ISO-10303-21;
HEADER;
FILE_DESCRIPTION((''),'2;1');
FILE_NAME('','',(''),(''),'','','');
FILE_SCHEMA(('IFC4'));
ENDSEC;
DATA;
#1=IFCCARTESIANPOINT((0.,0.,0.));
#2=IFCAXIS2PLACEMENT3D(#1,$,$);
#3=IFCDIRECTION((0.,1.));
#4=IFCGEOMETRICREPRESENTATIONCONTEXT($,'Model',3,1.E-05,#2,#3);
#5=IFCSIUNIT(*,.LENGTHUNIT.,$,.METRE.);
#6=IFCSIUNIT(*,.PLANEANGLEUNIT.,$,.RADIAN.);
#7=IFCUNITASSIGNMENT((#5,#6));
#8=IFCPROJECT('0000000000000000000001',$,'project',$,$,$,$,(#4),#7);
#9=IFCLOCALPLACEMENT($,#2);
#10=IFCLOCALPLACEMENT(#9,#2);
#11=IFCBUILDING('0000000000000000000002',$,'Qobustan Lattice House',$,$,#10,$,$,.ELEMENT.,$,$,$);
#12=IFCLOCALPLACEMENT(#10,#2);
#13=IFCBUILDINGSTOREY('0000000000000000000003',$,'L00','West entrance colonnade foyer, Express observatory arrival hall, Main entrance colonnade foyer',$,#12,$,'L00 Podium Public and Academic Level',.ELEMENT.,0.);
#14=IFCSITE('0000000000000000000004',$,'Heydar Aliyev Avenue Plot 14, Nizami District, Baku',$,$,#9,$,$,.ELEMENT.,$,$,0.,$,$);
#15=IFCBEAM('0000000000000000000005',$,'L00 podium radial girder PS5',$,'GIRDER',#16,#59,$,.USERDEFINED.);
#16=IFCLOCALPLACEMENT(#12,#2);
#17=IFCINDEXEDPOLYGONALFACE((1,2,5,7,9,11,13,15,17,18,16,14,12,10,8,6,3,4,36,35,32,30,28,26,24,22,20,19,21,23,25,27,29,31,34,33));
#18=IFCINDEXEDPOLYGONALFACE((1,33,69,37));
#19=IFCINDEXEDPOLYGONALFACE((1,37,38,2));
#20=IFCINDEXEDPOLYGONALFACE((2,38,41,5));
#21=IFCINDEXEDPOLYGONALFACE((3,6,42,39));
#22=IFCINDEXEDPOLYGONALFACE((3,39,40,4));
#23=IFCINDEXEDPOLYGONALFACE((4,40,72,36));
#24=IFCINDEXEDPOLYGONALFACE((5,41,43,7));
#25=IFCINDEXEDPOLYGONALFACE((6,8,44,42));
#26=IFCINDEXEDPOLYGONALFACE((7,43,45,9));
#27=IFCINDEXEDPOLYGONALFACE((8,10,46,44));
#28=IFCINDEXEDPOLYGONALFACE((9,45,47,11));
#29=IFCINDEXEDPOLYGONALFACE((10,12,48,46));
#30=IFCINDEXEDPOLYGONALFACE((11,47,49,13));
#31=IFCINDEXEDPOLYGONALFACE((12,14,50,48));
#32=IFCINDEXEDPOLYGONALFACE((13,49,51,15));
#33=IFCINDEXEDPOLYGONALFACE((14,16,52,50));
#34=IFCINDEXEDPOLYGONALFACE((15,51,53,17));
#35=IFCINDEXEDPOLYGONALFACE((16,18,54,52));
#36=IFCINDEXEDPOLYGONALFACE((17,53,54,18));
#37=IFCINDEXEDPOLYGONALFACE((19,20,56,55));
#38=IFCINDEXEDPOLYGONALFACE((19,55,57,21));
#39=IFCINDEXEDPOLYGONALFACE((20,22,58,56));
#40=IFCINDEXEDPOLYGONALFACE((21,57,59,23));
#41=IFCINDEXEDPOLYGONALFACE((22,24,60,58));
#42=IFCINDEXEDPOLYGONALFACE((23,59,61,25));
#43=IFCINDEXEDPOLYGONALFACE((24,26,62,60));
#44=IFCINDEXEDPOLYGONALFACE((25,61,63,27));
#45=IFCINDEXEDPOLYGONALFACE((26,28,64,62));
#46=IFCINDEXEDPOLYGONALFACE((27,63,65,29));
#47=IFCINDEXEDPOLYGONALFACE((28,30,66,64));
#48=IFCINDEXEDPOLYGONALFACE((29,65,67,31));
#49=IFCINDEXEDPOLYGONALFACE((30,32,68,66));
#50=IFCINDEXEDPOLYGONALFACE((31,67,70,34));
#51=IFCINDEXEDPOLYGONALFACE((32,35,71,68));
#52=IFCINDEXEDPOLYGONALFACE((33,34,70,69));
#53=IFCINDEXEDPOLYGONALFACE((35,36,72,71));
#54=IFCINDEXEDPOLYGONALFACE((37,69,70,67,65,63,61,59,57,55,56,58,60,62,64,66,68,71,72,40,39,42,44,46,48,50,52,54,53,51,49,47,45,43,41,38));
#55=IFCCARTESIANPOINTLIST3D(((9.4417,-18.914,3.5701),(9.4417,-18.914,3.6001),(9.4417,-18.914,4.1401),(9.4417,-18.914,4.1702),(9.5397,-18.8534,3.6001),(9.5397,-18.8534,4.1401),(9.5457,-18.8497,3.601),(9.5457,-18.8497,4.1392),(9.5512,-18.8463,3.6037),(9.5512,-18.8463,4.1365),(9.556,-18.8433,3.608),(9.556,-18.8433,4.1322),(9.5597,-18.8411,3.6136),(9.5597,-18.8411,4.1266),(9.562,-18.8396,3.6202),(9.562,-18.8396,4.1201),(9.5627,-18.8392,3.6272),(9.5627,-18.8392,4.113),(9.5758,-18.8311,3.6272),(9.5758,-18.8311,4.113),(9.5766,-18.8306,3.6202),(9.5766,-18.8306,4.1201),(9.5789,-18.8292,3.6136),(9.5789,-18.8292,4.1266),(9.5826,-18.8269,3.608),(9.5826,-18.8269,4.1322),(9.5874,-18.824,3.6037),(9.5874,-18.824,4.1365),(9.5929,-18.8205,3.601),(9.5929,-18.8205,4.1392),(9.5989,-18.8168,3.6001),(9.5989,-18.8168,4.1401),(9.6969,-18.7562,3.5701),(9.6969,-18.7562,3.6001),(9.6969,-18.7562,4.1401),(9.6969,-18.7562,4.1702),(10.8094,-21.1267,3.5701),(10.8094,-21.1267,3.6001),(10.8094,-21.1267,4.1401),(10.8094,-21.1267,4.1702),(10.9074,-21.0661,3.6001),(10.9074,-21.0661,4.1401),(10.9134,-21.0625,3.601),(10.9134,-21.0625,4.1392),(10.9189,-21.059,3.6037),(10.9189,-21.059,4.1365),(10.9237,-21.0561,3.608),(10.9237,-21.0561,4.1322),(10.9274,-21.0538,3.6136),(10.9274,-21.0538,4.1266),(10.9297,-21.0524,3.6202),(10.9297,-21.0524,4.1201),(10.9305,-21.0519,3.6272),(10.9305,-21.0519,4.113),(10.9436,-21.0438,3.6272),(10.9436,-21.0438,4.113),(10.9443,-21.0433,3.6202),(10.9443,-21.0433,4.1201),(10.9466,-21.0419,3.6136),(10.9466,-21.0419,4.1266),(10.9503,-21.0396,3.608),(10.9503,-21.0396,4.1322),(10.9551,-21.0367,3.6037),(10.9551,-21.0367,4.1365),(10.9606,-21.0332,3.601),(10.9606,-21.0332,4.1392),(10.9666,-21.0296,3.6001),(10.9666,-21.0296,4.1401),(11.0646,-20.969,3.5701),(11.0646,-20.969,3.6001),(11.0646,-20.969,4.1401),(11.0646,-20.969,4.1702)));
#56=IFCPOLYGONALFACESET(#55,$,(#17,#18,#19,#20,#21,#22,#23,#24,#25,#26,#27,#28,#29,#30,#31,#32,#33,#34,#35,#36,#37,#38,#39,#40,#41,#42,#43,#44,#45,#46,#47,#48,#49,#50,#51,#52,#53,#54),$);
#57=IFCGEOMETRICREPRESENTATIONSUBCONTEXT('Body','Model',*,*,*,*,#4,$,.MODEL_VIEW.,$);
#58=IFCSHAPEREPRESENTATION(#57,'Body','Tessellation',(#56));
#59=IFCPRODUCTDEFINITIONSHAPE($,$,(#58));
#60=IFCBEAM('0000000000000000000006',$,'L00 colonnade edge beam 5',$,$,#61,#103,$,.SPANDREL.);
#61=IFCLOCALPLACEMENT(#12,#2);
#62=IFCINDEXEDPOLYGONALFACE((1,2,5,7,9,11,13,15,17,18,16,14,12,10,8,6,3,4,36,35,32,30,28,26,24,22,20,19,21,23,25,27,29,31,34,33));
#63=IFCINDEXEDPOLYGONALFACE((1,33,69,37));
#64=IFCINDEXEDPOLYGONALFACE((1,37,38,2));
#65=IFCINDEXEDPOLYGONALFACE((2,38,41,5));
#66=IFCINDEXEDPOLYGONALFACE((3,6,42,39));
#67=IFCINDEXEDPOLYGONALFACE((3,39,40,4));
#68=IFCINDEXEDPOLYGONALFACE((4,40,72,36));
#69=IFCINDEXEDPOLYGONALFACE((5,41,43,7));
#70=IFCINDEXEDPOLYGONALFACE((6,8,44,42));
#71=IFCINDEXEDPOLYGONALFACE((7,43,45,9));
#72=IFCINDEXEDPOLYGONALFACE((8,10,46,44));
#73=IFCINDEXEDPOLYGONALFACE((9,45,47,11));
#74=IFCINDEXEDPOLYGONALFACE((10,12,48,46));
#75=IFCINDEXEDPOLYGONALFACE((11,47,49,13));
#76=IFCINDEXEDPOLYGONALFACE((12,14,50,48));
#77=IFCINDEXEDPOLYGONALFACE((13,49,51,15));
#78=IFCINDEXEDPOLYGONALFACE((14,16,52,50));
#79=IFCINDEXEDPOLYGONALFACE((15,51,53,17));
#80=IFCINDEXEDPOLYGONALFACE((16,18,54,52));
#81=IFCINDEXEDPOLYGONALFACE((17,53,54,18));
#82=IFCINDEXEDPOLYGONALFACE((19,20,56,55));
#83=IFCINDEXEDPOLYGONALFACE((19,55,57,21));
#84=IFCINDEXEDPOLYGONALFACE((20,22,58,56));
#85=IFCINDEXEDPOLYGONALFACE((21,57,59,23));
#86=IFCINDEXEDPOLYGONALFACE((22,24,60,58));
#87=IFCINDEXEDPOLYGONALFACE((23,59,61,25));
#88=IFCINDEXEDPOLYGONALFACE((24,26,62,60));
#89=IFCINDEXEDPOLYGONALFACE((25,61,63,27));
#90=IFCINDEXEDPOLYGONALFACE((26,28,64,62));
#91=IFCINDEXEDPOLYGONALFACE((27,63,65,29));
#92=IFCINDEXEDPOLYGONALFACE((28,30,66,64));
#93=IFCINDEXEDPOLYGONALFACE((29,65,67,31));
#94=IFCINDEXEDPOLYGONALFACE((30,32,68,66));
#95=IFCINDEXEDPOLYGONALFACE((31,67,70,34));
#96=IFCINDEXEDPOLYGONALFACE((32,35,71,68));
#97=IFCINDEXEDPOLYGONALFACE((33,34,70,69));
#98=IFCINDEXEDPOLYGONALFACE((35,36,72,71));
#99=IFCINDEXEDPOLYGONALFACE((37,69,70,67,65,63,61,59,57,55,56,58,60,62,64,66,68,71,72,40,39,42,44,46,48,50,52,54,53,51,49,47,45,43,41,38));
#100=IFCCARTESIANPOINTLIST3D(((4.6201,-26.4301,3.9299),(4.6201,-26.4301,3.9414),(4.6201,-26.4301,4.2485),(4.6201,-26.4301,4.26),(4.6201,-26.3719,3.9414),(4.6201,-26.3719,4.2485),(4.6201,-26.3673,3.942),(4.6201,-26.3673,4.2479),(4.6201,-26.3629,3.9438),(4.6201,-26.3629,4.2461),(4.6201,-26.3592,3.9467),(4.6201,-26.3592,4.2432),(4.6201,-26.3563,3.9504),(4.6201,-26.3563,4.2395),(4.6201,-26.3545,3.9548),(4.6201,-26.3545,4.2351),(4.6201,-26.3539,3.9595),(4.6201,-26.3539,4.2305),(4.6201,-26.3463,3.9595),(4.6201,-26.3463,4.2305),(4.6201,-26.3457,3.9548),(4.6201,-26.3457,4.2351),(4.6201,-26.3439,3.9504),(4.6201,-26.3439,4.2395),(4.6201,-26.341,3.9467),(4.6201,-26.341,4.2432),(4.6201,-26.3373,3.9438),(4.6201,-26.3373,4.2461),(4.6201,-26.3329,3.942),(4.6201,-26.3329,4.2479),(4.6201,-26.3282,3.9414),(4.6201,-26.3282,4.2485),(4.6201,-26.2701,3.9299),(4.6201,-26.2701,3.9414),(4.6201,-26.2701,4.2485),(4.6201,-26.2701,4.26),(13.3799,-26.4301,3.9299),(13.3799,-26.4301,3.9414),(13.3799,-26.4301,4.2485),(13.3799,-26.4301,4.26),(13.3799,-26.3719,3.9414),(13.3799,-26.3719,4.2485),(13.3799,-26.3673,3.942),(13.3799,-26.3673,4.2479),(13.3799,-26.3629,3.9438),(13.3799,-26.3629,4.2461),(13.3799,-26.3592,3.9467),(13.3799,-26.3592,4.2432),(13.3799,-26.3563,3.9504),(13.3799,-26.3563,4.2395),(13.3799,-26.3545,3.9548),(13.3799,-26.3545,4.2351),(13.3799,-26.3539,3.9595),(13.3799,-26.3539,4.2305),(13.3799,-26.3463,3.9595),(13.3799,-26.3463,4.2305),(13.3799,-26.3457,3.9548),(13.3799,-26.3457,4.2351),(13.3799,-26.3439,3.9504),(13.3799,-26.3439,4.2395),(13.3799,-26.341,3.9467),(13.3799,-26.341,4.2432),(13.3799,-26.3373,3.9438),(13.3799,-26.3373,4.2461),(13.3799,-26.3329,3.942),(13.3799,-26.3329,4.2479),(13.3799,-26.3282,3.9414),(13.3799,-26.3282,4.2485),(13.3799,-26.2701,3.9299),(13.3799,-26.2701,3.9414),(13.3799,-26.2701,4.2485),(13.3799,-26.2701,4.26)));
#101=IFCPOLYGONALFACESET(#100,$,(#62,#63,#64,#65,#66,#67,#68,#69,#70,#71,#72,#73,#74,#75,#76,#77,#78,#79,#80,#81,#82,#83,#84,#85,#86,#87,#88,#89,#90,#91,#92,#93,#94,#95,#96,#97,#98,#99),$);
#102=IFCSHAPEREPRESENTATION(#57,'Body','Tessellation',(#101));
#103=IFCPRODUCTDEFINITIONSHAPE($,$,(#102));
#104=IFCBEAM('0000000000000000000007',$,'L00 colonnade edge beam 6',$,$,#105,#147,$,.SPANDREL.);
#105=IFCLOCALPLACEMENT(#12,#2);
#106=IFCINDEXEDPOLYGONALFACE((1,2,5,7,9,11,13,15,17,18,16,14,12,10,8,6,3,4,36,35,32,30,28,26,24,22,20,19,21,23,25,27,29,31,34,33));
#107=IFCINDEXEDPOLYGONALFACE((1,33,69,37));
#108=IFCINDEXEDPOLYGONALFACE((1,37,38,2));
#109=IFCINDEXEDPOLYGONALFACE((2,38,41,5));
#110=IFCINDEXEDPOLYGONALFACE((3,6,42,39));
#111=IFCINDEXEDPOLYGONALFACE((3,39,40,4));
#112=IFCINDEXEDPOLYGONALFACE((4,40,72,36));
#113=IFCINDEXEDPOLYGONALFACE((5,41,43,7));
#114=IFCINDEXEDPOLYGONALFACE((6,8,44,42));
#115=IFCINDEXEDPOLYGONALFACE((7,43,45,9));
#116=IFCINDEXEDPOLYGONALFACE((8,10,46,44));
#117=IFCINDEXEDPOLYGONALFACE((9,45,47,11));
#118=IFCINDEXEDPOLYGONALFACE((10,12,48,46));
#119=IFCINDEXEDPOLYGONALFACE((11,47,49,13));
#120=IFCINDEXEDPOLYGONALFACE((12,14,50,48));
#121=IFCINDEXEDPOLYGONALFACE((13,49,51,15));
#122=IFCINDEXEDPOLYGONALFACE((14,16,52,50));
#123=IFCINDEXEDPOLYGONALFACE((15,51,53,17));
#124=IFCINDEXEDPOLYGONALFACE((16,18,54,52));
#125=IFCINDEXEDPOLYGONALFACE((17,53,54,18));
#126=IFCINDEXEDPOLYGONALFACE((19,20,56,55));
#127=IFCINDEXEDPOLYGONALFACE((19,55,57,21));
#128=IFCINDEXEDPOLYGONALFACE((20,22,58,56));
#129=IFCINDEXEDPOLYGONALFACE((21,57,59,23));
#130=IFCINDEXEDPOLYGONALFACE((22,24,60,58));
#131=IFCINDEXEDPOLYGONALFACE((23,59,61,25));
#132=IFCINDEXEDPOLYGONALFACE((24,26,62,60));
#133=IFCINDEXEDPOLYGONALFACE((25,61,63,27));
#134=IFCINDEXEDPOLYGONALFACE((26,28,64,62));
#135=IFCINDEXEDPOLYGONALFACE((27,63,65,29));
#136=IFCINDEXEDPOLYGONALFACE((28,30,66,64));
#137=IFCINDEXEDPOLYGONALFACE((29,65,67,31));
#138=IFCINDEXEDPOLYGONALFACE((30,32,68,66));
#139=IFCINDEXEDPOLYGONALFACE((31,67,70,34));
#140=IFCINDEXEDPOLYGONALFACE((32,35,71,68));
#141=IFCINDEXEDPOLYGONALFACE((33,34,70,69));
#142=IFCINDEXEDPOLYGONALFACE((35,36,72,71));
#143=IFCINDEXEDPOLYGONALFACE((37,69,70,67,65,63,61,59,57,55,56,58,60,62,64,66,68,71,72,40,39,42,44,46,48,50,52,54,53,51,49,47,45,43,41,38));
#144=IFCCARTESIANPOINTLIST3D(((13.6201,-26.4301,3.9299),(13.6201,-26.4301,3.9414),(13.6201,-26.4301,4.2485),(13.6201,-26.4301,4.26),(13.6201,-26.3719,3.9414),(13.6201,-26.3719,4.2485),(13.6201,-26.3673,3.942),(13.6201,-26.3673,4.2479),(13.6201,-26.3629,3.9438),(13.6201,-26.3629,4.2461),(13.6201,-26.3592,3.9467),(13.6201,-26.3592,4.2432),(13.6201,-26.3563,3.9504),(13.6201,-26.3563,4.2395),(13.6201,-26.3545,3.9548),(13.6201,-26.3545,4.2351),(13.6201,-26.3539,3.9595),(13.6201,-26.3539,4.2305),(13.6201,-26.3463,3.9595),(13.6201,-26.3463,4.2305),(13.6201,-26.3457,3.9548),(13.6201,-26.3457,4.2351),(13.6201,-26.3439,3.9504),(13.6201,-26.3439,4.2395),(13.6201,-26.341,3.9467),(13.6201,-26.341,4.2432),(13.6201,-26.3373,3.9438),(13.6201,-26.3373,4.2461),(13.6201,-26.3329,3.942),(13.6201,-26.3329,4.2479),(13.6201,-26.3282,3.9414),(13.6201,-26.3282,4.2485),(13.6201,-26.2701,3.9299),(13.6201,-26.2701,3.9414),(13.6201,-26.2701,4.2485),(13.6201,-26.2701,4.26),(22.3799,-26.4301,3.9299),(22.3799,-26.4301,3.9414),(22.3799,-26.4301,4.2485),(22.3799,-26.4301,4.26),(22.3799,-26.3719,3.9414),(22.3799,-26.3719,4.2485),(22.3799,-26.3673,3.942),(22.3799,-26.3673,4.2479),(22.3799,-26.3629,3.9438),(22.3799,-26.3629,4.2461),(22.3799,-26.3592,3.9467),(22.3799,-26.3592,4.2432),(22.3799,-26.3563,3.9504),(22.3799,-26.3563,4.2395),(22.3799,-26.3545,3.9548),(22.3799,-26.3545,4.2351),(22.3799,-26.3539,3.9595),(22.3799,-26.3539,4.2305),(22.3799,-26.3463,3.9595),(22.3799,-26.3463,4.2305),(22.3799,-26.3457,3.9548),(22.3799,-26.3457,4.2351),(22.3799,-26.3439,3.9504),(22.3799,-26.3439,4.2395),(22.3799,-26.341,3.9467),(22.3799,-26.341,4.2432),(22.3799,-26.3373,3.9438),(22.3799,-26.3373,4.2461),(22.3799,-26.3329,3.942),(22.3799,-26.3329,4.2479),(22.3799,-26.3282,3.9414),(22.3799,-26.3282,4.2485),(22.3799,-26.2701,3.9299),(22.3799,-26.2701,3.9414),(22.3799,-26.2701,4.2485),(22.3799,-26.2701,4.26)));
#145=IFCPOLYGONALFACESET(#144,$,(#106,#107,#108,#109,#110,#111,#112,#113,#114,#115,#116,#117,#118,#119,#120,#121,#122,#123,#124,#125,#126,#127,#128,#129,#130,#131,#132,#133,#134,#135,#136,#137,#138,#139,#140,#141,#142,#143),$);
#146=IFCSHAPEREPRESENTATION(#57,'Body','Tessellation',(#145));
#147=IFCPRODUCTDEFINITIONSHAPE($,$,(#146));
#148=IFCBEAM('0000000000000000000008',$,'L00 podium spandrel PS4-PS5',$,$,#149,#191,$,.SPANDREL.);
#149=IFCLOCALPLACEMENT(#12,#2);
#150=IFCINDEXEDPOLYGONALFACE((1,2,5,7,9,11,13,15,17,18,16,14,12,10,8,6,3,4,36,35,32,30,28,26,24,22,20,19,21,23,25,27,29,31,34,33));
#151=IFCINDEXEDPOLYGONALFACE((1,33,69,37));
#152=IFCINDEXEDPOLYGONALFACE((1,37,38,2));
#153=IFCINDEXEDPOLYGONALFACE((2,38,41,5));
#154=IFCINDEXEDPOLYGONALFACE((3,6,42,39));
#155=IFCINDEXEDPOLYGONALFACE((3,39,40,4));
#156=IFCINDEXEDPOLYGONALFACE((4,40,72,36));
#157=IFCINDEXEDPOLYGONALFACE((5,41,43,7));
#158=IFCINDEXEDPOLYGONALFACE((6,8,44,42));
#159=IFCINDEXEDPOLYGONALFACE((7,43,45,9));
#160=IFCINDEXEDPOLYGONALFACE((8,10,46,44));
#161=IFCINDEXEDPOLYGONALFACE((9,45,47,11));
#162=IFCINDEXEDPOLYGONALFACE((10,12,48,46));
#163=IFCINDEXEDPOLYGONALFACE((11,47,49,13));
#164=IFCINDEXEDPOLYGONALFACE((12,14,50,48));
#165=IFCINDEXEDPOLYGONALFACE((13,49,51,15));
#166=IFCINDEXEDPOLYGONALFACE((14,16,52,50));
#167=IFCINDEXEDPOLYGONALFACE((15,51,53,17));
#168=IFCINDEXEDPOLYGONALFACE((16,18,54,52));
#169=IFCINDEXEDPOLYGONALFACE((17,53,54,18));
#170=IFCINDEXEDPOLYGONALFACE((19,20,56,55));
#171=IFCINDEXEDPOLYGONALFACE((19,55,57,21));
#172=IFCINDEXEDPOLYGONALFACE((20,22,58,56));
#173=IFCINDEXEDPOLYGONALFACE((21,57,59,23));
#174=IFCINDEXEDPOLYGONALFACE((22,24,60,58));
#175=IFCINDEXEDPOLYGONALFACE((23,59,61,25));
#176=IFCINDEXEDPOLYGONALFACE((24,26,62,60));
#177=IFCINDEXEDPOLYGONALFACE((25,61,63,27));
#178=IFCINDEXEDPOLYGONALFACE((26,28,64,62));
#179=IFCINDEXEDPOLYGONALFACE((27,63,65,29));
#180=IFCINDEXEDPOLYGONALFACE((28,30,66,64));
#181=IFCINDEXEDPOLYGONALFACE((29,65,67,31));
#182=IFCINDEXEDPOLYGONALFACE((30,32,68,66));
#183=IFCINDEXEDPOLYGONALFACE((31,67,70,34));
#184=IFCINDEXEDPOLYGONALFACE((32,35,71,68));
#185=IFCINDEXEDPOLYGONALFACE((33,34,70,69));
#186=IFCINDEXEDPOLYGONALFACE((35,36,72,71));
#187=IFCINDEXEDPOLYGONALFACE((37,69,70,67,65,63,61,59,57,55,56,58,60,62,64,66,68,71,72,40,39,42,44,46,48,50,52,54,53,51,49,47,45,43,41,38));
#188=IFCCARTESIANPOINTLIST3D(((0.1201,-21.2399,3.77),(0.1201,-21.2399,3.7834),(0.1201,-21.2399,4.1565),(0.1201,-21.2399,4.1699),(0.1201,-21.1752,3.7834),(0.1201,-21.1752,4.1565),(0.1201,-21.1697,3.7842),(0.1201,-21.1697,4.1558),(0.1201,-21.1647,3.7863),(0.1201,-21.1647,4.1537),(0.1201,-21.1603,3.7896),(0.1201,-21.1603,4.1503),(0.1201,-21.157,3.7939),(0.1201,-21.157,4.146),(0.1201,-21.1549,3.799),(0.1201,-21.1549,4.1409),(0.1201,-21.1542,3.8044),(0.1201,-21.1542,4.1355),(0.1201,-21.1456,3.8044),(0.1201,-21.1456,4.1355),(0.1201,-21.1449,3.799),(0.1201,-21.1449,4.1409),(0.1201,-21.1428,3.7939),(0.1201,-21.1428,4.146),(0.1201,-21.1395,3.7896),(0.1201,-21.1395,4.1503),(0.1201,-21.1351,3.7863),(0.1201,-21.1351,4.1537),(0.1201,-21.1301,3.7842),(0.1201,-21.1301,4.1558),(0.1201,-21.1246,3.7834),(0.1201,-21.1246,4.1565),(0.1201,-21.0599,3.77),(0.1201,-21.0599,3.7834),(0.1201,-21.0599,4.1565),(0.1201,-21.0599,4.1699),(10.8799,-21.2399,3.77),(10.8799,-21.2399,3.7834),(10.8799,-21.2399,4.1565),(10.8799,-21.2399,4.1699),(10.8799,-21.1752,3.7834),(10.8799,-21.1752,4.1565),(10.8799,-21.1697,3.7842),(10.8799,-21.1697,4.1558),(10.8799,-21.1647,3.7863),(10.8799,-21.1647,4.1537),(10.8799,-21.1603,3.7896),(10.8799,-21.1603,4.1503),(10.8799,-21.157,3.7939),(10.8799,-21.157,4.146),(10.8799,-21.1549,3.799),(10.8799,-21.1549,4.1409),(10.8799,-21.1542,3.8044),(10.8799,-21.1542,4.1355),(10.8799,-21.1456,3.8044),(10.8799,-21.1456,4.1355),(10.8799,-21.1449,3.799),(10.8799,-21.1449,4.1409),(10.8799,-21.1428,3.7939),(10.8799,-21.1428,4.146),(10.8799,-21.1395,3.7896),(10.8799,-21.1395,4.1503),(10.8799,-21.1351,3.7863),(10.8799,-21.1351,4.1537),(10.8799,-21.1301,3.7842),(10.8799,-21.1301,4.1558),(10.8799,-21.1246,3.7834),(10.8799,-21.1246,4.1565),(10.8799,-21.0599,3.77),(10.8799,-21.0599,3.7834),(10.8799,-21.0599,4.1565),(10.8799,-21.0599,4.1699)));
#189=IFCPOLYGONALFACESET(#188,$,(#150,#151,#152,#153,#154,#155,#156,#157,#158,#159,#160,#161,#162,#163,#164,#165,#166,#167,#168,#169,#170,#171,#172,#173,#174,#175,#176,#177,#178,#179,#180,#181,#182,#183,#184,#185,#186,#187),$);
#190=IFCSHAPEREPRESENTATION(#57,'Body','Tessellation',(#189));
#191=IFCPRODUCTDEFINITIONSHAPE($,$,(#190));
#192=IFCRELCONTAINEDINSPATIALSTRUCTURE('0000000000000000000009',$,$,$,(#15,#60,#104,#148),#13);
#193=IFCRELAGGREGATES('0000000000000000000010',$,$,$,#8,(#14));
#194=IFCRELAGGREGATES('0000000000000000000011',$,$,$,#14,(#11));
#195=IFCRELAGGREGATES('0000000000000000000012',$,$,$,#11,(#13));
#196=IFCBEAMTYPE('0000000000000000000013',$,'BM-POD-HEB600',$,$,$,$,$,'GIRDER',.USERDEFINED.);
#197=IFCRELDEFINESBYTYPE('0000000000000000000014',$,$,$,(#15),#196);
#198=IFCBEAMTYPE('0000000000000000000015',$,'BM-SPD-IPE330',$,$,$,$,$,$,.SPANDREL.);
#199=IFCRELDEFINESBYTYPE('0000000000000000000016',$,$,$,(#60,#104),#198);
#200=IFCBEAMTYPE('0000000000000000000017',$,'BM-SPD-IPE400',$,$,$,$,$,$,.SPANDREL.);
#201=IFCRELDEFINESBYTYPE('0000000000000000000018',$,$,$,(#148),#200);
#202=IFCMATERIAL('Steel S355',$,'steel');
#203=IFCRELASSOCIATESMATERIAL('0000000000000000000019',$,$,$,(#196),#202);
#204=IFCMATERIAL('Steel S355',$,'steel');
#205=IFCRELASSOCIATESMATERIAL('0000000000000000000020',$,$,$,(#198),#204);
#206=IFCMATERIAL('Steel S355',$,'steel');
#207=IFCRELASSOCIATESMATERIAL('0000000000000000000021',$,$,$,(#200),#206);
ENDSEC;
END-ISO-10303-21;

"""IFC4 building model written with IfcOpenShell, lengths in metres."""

from ifc_helpers import new_model, si_unit, direction, frame, origin, origin_2d, place, context, subcontext, project, spatial, i_section, extrude, material, material_profile, profile_set, type_object, element, save


model = new_model("IFC4")

# Units and contexts
model_context = context("Model", 3, precision=1e-05, world=origin(), true_north=direction((0.0, 1.0)))
body_context = subcontext(model_context, "Body", "Model", "MODEL_VIEW")
ifc_project = project(units=[si_unit("LENGTHUNIT", "METRE"), si_unit("PLANEANGLEUNIT", "RADIAN")], contexts=[model_context])

# Site, building, storey
site_placement = place(None, origin())
site = spatial("IfcSite", under=ifc_project, at=site_placement, Name="Heydar Aliyev Avenue Plot 14, Nizami District, Baku", CompositionType="ELEMENT", RefElevation=0.0)
building_placement = place(site_placement, origin())
building = spatial("IfcBuilding", under=site, at=building_placement, Name="Qobustan Lattice House", CompositionType="ELEMENT")
storey_placement = place(building_placement, origin())
storey = spatial("IfcBuildingStorey", under=building, at=storey_placement, Name="L00", Description="West entrance colonnade foyer, Express observatory arrival hall, Main entrance colonnade foyer", LongName="L00 Podium Public and Academic Level", CompositionType="ELEMENT", Elevation=0.0)

# Beams
ifc_material_1 = material(Name="Steel S355", Category="steel")
ifc_material_profile_1 = material_profile(ifc_material_1, i_section(OverallWidth=0.3, OverallDepth=0.6001, WebThickness=0.0154, FlangeThickness=0.03, FilletRadius=0.0271, at=origin_2d()), Name="HEB600")
ifc_profile_set_1 = profile_set([ifc_material_profile_1], Name="Steel S355")
beam_type_1 = type_object("IfcBeamType", Name="BM-POD-HEB600", ElementType="GIRDER", PredefinedType="USERDEFINED", material=ifc_profile_set_1)
beam_1_placement = place(storey_placement, frame((10.937, -21.0479, 3.8701), z_axis=(-0.525783, 0.850619, 0.0), x_axis=(-0.850619, -0.525783, 0.0)))
element("IfcBeam", 1, at=beam_1_placement, inside=storey, type_object=beam_type_1, Name="L00 podium radial girder PS5", ObjectType="GIRDER", PredefinedType="USERDEFINED", context=body_context, shape_type="SweptSolid", body=[
    extrude(i_section(OverallWidth=0.3, OverallDepth=0.6001, WebThickness=0.0154, FlangeThickness=0.03, FilletRadius=0.0271, at=origin_2d()), origin(), (0.0, 0.0, 1.0), 2.6013),
])
ifc_material_2 = material(Name="Steel S355", Category="steel")
ifc_material_profile_2 = material_profile(ifc_material_2, i_section(OverallWidth=0.1599, OverallDepth=0.3301, WebThickness=0.0076, FlangeThickness=0.0115, FilletRadius=0.0181, at=origin_2d()), Name="IPE330")
ifc_profile_set_2 = profile_set([ifc_material_profile_2], Name="Steel S355")
beam_type_2 = type_object("IfcBeamType", Name="BM-SPD-IPE330", PredefinedType="SPANDREL", material=ifc_profile_set_2)
for number, where, z_axis, x_axis, name in (
    (2, (4.6201, -26.3501, 4.095), (1.0, 0.0, 0.0), (0.0, 1.0, 0.0), "L00 colonnade edge beam 5"),
    (3, (13.6201, -26.3501, 4.095), (1.0, 0.0, 0.0), (0.0, 1.0, 0.0), "L00 colonnade edge beam 6"),
):
    element("IfcBeam", number, at=place(storey_placement, frame(where, z_axis=z_axis, x_axis=x_axis)), inside=storey, type_object=beam_type_2, Name=name, PredefinedType="SPANDREL", context=body_context, shape_type="SweptSolid", body=[
        extrude(i_section(OverallWidth=0.1599, OverallDepth=0.3301, WebThickness=0.0076, FlangeThickness=0.0115, FilletRadius=0.0181, at=origin_2d()), origin(), (0.0, 0.0, 1.0), 8.7598),
    ])
ifc_material_3 = material(Name="Steel S355", Category="steel")
ifc_material_profile_3 = material_profile(ifc_material_3, i_section(OverallWidth=0.1799, OverallDepth=0.3999, WebThickness=0.0085, FlangeThickness=0.0134, FilletRadius=0.021, at=origin_2d()), Name="IPE400")
ifc_profile_set_3 = profile_set([ifc_material_profile_3], Name="Steel S355")
beam_type_3 = type_object("IfcBeamType", Name="BM-SPD-IPE400", PredefinedType="SPANDREL", material=ifc_profile_set_3)
for number, where, z_axis, x_axis, name in (
    (4, (0.1201, -21.1499, 3.97), (1.0, 0.0, 0.0), (0.0, 1.0, 0.0), "L00 podium spandrel PS4-PS5"),
):
    element("IfcBeam", number, at=place(storey_placement, frame(where, z_axis=z_axis, x_axis=x_axis)), inside=storey, type_object=beam_type_3, Name=name, PredefinedType="SPANDREL", context=body_context, shape_type="SweptSolid", body=[
        extrude(i_section(OverallWidth=0.1799, OverallDepth=0.3999, WebThickness=0.0085, FlangeThickness=0.0134, FilletRadius=0.021, at=origin_2d()), origin(), (0.0, 0.0, 1.0), 10.7598),
    ])

save(model, "model.ifc")
